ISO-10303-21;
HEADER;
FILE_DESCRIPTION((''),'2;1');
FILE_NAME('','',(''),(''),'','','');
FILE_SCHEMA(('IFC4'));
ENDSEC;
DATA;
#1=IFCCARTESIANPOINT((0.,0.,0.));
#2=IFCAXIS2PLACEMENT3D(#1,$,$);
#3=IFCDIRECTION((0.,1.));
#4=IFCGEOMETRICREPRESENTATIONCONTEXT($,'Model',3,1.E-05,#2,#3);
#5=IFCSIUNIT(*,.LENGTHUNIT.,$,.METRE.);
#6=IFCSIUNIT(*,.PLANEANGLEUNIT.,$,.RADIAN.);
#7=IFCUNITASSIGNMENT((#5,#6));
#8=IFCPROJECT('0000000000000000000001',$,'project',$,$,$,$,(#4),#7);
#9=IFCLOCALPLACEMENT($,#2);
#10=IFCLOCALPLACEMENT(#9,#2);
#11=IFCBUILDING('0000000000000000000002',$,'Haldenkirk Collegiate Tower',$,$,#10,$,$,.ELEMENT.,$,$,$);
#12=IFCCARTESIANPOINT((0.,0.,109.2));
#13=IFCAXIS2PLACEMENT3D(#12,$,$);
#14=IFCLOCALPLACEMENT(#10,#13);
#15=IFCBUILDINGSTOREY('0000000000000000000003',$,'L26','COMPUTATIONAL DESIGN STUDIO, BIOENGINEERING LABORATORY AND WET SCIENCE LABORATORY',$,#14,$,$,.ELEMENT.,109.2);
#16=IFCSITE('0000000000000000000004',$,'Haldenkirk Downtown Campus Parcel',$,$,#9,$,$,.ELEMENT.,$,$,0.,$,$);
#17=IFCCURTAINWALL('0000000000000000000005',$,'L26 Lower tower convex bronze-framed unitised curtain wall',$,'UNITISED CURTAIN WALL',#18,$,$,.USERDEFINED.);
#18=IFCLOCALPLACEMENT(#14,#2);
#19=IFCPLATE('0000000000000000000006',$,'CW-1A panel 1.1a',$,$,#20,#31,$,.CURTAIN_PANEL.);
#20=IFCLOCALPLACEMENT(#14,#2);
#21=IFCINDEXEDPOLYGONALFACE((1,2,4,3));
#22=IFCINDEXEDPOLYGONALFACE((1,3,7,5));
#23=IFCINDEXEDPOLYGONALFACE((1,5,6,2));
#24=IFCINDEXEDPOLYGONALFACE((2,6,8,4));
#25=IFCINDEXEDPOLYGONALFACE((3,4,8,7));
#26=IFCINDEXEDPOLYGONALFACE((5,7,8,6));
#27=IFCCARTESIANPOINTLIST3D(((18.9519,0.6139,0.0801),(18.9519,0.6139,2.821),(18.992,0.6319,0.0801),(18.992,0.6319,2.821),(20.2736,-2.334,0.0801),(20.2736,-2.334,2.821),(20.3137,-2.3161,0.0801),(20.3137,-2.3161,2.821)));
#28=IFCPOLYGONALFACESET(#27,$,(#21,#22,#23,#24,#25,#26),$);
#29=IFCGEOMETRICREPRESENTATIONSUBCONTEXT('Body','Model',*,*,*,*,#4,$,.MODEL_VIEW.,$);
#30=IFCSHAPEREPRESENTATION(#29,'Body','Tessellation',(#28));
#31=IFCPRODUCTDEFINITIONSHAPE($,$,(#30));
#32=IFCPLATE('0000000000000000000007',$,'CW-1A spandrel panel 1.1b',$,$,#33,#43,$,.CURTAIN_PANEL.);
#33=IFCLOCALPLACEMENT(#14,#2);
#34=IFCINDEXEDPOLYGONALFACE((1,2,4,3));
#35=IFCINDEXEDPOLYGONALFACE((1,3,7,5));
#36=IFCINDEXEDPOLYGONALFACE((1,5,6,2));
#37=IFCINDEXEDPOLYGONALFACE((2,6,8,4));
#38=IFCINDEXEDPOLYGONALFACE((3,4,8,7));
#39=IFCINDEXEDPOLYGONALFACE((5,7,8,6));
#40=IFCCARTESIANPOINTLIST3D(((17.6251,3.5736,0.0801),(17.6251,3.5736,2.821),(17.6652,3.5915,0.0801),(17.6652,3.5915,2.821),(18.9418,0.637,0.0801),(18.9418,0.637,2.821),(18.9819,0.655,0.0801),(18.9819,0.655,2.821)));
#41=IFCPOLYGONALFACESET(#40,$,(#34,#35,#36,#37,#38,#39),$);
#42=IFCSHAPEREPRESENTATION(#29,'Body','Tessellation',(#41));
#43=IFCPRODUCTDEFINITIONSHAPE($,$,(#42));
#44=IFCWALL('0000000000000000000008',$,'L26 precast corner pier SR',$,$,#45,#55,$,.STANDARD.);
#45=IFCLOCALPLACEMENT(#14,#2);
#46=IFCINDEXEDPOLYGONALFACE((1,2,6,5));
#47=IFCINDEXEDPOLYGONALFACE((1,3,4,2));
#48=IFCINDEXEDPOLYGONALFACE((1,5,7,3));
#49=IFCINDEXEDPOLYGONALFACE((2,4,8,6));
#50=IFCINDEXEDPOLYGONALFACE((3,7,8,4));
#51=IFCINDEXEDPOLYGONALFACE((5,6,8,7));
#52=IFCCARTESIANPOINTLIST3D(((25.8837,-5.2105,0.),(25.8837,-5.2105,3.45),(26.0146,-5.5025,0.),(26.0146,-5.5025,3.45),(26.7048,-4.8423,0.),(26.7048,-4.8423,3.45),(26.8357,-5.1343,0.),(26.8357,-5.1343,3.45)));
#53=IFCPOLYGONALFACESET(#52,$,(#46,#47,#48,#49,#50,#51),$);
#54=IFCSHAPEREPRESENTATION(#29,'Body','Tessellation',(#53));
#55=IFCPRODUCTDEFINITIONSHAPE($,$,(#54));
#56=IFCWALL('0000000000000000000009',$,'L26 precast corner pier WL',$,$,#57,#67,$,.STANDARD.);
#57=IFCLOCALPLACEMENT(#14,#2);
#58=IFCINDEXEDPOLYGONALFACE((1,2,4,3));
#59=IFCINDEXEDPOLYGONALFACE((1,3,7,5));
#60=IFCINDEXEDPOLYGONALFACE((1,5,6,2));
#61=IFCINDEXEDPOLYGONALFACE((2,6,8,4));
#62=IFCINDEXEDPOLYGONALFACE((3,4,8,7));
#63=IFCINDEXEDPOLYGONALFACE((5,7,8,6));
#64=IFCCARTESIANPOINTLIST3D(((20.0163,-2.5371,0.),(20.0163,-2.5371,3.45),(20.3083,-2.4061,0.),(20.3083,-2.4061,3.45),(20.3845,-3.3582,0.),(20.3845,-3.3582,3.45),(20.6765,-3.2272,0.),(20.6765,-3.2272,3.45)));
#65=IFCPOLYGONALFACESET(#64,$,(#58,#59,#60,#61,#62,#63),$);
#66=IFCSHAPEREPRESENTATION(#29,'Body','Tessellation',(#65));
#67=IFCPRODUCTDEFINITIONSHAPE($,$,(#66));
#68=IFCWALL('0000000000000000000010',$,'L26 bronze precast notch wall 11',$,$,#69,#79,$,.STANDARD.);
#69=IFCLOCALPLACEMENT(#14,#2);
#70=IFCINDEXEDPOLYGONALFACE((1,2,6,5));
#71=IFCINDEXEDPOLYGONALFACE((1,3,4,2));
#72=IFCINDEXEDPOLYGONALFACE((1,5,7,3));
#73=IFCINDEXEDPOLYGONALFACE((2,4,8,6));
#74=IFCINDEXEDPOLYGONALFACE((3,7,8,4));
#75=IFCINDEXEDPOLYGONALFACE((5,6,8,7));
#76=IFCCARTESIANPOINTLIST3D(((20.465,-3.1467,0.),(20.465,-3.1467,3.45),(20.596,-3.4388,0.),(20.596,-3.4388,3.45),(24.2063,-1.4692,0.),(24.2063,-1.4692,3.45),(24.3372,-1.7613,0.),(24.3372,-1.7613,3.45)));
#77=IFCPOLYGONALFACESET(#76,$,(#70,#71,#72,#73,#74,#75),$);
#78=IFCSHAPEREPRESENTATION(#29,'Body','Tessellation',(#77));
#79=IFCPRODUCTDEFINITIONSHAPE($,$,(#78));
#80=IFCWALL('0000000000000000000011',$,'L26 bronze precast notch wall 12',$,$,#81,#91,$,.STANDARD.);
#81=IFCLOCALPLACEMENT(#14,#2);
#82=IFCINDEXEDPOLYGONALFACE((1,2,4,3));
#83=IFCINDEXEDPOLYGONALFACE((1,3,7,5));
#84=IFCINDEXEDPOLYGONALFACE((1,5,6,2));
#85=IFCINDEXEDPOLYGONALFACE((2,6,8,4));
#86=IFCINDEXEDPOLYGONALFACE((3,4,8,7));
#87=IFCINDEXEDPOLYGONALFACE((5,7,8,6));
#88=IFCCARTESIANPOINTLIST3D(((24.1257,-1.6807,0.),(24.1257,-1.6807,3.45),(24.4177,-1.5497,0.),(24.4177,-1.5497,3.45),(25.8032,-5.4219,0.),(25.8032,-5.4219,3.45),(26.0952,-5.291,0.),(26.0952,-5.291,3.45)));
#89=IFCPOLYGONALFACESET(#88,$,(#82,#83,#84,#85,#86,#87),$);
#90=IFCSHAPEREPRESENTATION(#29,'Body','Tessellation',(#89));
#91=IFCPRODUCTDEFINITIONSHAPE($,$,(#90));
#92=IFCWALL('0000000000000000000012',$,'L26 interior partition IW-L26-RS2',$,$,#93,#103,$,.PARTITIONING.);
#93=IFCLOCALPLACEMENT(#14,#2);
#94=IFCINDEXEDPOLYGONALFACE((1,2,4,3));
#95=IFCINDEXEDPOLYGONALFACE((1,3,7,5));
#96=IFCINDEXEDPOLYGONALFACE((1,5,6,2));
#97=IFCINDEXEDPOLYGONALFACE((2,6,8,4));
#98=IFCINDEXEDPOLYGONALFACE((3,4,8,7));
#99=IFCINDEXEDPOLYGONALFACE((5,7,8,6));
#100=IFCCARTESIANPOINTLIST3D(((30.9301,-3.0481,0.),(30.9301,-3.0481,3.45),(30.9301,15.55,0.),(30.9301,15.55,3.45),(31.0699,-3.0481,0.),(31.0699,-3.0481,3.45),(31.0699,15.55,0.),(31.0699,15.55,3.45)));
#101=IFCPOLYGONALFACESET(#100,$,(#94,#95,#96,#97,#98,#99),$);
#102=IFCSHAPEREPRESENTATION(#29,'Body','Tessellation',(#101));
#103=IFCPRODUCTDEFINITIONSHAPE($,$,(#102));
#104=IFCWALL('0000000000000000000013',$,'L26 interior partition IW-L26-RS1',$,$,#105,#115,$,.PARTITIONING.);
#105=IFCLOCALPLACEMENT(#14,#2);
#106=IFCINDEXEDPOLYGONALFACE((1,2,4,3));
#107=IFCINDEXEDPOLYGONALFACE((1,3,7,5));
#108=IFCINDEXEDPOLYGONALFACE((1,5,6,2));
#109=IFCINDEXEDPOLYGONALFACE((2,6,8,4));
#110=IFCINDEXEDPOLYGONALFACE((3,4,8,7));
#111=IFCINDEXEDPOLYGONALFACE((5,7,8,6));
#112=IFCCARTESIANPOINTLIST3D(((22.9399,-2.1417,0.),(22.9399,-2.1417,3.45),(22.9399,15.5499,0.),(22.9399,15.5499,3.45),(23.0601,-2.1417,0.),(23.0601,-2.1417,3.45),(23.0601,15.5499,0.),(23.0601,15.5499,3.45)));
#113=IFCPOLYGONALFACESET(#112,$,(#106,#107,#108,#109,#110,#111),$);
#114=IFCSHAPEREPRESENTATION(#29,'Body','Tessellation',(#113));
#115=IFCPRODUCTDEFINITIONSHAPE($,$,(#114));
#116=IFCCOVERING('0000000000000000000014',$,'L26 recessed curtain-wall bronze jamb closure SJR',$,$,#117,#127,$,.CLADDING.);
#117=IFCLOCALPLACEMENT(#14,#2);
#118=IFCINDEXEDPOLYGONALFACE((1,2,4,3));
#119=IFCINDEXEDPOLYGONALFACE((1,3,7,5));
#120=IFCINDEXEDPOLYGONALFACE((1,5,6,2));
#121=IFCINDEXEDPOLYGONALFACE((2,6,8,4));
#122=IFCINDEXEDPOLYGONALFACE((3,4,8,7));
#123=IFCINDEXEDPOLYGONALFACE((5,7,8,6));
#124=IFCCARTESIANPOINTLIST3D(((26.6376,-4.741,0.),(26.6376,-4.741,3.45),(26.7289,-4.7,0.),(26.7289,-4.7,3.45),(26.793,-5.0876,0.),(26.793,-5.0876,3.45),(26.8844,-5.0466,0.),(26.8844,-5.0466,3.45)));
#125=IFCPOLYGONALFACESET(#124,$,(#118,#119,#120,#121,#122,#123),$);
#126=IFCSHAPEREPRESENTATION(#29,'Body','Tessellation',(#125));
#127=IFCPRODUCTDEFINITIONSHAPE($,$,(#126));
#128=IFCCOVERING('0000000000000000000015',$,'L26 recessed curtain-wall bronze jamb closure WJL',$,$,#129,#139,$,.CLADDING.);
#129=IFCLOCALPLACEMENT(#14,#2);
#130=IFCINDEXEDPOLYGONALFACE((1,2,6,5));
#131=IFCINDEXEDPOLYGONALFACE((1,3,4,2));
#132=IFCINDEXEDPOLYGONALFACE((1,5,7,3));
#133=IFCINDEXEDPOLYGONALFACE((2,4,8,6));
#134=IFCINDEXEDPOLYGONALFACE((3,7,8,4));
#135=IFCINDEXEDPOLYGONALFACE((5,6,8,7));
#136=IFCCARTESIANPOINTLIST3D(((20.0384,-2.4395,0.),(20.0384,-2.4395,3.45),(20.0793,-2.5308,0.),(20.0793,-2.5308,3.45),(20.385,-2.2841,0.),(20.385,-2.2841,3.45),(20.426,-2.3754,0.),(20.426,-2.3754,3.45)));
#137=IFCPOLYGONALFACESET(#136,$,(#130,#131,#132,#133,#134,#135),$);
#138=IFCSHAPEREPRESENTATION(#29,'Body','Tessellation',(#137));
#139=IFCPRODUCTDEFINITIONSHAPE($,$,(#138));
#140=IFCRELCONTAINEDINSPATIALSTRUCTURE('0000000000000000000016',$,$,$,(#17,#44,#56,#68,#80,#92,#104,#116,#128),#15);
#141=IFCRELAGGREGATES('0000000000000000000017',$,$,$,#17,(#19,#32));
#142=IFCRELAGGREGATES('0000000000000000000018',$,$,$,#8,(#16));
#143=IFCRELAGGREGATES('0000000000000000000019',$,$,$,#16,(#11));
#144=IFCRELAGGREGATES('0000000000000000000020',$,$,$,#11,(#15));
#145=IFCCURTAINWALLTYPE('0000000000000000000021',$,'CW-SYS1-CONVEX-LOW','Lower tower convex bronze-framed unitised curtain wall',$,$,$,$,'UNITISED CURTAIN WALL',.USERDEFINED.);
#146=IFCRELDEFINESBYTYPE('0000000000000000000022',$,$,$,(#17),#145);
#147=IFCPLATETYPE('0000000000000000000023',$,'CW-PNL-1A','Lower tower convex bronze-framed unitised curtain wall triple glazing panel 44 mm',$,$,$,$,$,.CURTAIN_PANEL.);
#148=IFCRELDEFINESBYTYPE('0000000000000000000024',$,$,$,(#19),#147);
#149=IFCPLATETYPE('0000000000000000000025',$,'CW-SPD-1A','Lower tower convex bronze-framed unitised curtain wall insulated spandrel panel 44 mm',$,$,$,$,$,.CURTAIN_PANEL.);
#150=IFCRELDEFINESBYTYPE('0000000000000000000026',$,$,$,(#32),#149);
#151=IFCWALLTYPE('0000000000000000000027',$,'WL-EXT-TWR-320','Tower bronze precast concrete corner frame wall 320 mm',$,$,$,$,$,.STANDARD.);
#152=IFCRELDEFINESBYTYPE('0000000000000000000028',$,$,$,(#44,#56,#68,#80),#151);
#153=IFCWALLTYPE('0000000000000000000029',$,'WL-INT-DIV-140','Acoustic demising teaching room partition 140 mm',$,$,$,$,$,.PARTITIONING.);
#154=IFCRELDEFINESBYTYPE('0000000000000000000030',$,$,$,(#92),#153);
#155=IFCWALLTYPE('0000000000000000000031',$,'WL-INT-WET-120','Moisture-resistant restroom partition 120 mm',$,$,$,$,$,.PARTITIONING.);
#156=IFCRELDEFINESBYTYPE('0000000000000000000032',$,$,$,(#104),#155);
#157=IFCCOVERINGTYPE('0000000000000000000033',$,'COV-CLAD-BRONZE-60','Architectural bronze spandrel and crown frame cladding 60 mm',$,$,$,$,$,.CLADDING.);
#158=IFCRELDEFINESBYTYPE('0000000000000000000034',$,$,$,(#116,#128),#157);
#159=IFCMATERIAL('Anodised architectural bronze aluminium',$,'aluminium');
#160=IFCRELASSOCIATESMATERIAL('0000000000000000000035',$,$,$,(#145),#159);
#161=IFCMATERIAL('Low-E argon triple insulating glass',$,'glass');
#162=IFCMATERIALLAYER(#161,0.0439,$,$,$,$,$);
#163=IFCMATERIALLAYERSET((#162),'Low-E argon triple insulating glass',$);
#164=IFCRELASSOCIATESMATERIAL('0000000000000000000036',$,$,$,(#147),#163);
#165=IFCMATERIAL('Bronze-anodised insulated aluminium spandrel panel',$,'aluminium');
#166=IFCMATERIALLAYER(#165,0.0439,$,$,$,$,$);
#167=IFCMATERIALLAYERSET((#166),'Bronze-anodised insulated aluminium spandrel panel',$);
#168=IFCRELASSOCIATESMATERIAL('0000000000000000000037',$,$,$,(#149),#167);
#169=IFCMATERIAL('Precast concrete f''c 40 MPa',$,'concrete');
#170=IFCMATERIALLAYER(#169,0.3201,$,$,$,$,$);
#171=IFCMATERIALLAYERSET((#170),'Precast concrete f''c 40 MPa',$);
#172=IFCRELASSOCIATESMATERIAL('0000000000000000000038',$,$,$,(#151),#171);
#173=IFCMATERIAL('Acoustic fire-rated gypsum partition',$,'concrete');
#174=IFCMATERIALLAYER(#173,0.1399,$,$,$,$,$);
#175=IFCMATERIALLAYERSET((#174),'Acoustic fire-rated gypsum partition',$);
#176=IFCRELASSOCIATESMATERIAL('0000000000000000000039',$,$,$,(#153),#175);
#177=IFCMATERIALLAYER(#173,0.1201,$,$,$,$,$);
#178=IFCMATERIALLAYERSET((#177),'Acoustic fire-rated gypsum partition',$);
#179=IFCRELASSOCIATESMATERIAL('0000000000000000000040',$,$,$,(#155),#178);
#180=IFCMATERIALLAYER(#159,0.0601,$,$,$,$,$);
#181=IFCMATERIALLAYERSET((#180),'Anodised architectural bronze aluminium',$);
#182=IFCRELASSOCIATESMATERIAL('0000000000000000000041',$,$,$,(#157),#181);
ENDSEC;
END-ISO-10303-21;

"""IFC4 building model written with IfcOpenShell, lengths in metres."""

from ifc_helpers import new_model, si_unit, direction, frame, frame_2d, origin, origin_2d, place, context, subcontext, project, spatial, rectangle, extrude, source, transform, mapped, material, layer, layer_set, type_object, element, aggregate, save


model = new_model("IFC4")

# Units and contexts
model_context = context("Model", 3, precision=1e-05, world=origin(), true_north=direction((0.0, 1.0)))
body_context = subcontext(model_context, "Body", "Model", "MODEL_VIEW")
ifc_project = project(units=[si_unit("LENGTHUNIT", "METRE"), si_unit("PLANEANGLEUNIT", "RADIAN")], contexts=[model_context])

# Site, building, storey
site_placement = place(None, origin())
site = spatial("IfcSite", under=ifc_project, at=site_placement, Name="Haldenkirk Downtown Campus Parcel", CompositionType="ELEMENT", RefElevation=0.0)
building_placement = place(site_placement, origin())
building = spatial("IfcBuilding", under=site, at=building_placement, Name="Haldenkirk Collegiate Tower", CompositionType="ELEMENT")
storey_placement = place(building_placement, frame((0.0, 0.0, 109.2)))
storey = spatial("IfcBuildingStorey", under=building, at=storey_placement, Name="L26", Description="COMPUTATIONAL DESIGN STUDIO, BIOENGINEERING LABORATORY AND WET SCIENCE LABORATORY", CompositionType="ELEMENT", Elevation=109.2)

# Shared definitions
ifc_material_1 = material(Name="Anodised architectural bronze aluminium", Category="aluminium")

# Curtain wall
curtain_wall_type_1 = type_object("IfcCurtainWallType", Name="CW-SYS1-CONVEX-LOW", Description="Lower tower convex bronze-framed unitised curtain wall", ElementType="UNITISED CURTAIN WALL", PredefinedType="USERDEFINED", material=ifc_material_1)
curtain_wall_1_placement = place(storey_placement, origin())
curtain_wall_1 = element("IfcCurtainWall", 1, at=curtain_wall_1_placement, inside=storey, type_object=curtain_wall_type_1, Name="L26 Lower tower convex bronze-framed unitised curtain wall", ObjectType="UNITISED CURTAIN WALL", PredefinedType="USERDEFINED")

# Plates
ifc_material_2 = material(Name="Low-E argon triple insulating glass", Category="glass")
ifc_material_3 = material(Name="Bronze-anodised insulated aluminium spandrel panel", Category="aluminium")
ifc_layer_1 = layer(ifc_material_2, 0.0439)
ifc_layer_set_1 = layer_set([ifc_layer_1], Name="Low-E argon triple insulating glass")
plate_type_1 = type_object("IfcPlateType", Name="CW-PNL-1A", Description="Lower tower convex bronze-framed unitised curtain wall triple glazing panel 44 mm", PredefinedType="CURTAIN_PANEL", material=ifc_layer_set_1)
shared_shape_1 = source(origin(), body_context, "Body", "SweptSolid", [
    extrude(rectangle(XDim=3.2307, YDim=0.0439, at=origin_2d()), origin(), (0.0, 0.0, 1.0), 2.741),
])
plate_1_placement = place(storey_placement, frame((19.6328, -0.8511, 0.0801), z_axis=(0.0, 0.0, 1.0), x_axis=(-0.409126, 0.912478, 0.0)))
plate_1 = element("IfcPlate", 2, at=plate_1_placement, type_object=plate_type_1, Name="CW-1A panel 1.1a", PredefinedType="CURTAIN_PANEL", context=body_context, shape_type="MappedRepresentation", body=[
    mapped(shared_shape_1, transform((0.0, 0.0, 0.0), x_axis=(1.0, 0.0, 0.0), y_axis=(0.0, 1.0, 0.0), z_axis=(0.0, 0.0, 1.0), scale=1.0)),
])
ifc_layer_2 = layer(ifc_material_3, 0.0439)
ifc_layer_set_2 = layer_set([ifc_layer_2], Name="Bronze-anodised insulated aluminium spandrel panel")
plate_type_2 = type_object("IfcPlateType", Name="CW-SPD-1A", Description="Lower tower convex bronze-framed unitised curtain wall insulated spandrel panel 44 mm", PredefinedType="CURTAIN_PANEL", material=ifc_layer_set_2)
shared_shape_2 = source(origin(), body_context, "Body", "SweptSolid", [
    extrude(rectangle(XDim=3.2183, YDim=0.0439, at=origin_2d()), origin(), (0.0, 0.0, 1.0), 2.741),
])
plate_2_placement = place(storey_placement, frame((18.3035, 2.1143, 0.0801), z_axis=(0.0, 0.0, 1.0), x_axis=(-0.409126, 0.912478, 0.0)))
plate_2 = element("IfcPlate", 3, at=plate_2_placement, type_object=plate_type_2, Name="CW-1A spandrel panel 1.1b", PredefinedType="CURTAIN_PANEL", context=body_context, shape_type="MappedRepresentation", body=[
    mapped(shared_shape_2, transform((0.0, 0.0, 0.0), x_axis=(1.0, 0.0, 0.0), y_axis=(0.0, 1.0, 0.0), z_axis=(0.0, 0.0, 1.0), scale=1.0)),
])
aggregate(curtain_wall_1, [plate_1, plate_2])

# Walls
ifc_material_4 = material(Name="Precast concrete f'c 40 MPa", Category="concrete")
ifc_layer_3 = layer(ifc_material_4, 0.3201)
ifc_layer_set_3 = layer_set([ifc_layer_3], Name="Precast concrete f'c 40 MPa")
wall_type_1 = type_object("IfcWallType", Name="WL-EXT-TWR-320", Description="Tower bronze precast concrete corner frame wall 320 mm", PredefinedType="STANDARD", material=ifc_layer_set_3)
for number, where, z_axis, x_axis, name in (
    (4, (26.7703, -4.9883, 0.0), (0.0, 0.0, 1.0), (-0.912464, -0.409157, 0.0), "L26 precast corner pier SR"),
    (5, (20.5305, -3.2927, 0.0), (0.0, 0.0, 1.0), (-0.409157, 0.912464, 0.0), "L26 precast corner pier WL"),
):
    element("IfcWall", number, at=place(storey_placement, frame(where, z_axis=z_axis, x_axis=x_axis)), inside=storey, type_object=wall_type_1, Name=name, PredefinedType="STANDARD", context=body_context, shape_type="SweptSolid", body=[
        extrude(rectangle(XDim=0.8999, YDim=0.3201, at=frame_2d((0.45, 0.0))), origin(), (0.0, 0.0, 1.0), 3.45),
    ])
for number, where, z_axis, x_axis, name in (
    (6, (24.2717, -1.6152, 0.0), (0.0, 0.0, 1.0), (-0.912473, -0.409136, 0.0), "L26 bronze precast notch wall 11"),
    (7, (25.9492, -5.3564, 0.0), (0.0, 0.0, 1.0), (-0.409136, 0.912473, 0.0), "L26 bronze precast notch wall 12"),
):
    element("IfcWall", number, at=place(storey_placement, frame(where, z_axis=z_axis, x_axis=x_axis)), inside=storey, type_object=wall_type_1, Name=name, PredefinedType="STANDARD", context=body_context, shape_type="SweptSolid", body=[
        extrude(rectangle(XDim=4.1001, YDim=0.3201, at=frame_2d((2.05, 0.0))), origin(), (0.0, 0.0, 1.0), 3.45),
    ])
ifc_material_5 = material(Name="Acoustic fire-rated gypsum partition", Category="concrete")
ifc_layer_4 = layer(ifc_material_5, 0.1399)
ifc_layer_set_4 = layer_set([ifc_layer_4], Name="Acoustic fire-rated gypsum partition")
wall_type_2 = type_object("IfcWallType", Name="WL-INT-DIV-140", Description="Acoustic demising teaching room partition 140 mm", PredefinedType="PARTITIONING", material=ifc_layer_set_4)
wall_1_placement = place(storey_placement, frame((31.0, -3.0481, 0.0), z_axis=(0.0, 0.0, 1.0), x_axis=(0.0, 1.0, 0.0)))
element("IfcWall", 8, at=wall_1_placement, inside=storey, type_object=wall_type_2, Name="L26 interior partition IW-L26-RS2", PredefinedType="PARTITIONING", context=body_context, shape_type="SweptSolid", body=[
    extrude(rectangle(XDim=18.5981, YDim=0.1399, at=frame_2d((9.2991, 0.0))), origin(), (0.0, 0.0, 1.0), 3.45),
])
ifc_layer_5 = layer(ifc_material_5, 0.1201)
ifc_layer_set_5 = layer_set([ifc_layer_5], Name="Acoustic fire-rated gypsum partition")
wall_type_3 = type_object("IfcWallType", Name="WL-INT-WET-120", Description="Moisture-resistant restroom partition 120 mm", PredefinedType="PARTITIONING", material=ifc_layer_set_5)
wall_2_placement = place(storey_placement, frame((23.0, -2.1416, 0.0), z_axis=(0.0, 0.0, 1.0), x_axis=(0.0, 1.0, 0.0)))
element("IfcWall", 9, at=wall_2_placement, inside=storey, type_object=wall_type_3, Name="L26 interior partition IW-L26-RS1", PredefinedType="PARTITIONING", context=body_context, shape_type="SweptSolid", body=[
    extrude(rectangle(XDim=17.6917, YDim=0.1201, at=frame_2d((8.8457, 0.0))), origin(), (0.0, 0.0, 1.0), 3.45),
])

# Coverings
ifc_layer_6 = layer(ifc_material_1, 0.0601)
ifc_layer_set_6 = layer_set([ifc_layer_6], Name="Anodised architectural bronze aluminium")
covering_type = type_object("IfcCoveringType", Name="COV-CLAD-BRONZE-60", Description="Architectural bronze spandrel and crown frame cladding 60 mm", PredefinedType="CLADDING", material=ifc_layer_set_6)
shared_shape_3 = source(origin(), body_context, "Body", "SweptSolid", [
    extrude(rectangle(XDim=0.1001, YDim=0.3799, at=origin_2d()), origin(), (0.0, 0.0, 1.0), 3.45),
])
for number, where, z_axis, x_axis, name in (
    (10, (26.761, -4.8938, 0.0), (0.0, 0.0, 1.0), (-0.912477, -0.409127, 0.0), "L26 recessed curtain-wall bronze jamb closure SJR"),
    (11, (20.2322, -2.4075, 0.0), (0.0, 0.0, 1.0), (-0.409127, 0.912477, 0.0), "L26 recessed curtain-wall bronze jamb closure WJL"),
):
    element("IfcCovering", number, at=place(storey_placement, frame(where, z_axis=z_axis, x_axis=x_axis)), inside=storey, type_object=covering_type, Name=name, PredefinedType="CLADDING", context=body_context, shape_type="MappedRepresentation", body=[
        mapped(shared_shape_3, transform((0.0, 0.0, 0.0), x_axis=(1.0, 0.0, 0.0), y_axis=(0.0, 1.0, 0.0), z_axis=(0.0, 0.0, 1.0), scale=1.0)),
    ])

save(model, "model.ifc")
